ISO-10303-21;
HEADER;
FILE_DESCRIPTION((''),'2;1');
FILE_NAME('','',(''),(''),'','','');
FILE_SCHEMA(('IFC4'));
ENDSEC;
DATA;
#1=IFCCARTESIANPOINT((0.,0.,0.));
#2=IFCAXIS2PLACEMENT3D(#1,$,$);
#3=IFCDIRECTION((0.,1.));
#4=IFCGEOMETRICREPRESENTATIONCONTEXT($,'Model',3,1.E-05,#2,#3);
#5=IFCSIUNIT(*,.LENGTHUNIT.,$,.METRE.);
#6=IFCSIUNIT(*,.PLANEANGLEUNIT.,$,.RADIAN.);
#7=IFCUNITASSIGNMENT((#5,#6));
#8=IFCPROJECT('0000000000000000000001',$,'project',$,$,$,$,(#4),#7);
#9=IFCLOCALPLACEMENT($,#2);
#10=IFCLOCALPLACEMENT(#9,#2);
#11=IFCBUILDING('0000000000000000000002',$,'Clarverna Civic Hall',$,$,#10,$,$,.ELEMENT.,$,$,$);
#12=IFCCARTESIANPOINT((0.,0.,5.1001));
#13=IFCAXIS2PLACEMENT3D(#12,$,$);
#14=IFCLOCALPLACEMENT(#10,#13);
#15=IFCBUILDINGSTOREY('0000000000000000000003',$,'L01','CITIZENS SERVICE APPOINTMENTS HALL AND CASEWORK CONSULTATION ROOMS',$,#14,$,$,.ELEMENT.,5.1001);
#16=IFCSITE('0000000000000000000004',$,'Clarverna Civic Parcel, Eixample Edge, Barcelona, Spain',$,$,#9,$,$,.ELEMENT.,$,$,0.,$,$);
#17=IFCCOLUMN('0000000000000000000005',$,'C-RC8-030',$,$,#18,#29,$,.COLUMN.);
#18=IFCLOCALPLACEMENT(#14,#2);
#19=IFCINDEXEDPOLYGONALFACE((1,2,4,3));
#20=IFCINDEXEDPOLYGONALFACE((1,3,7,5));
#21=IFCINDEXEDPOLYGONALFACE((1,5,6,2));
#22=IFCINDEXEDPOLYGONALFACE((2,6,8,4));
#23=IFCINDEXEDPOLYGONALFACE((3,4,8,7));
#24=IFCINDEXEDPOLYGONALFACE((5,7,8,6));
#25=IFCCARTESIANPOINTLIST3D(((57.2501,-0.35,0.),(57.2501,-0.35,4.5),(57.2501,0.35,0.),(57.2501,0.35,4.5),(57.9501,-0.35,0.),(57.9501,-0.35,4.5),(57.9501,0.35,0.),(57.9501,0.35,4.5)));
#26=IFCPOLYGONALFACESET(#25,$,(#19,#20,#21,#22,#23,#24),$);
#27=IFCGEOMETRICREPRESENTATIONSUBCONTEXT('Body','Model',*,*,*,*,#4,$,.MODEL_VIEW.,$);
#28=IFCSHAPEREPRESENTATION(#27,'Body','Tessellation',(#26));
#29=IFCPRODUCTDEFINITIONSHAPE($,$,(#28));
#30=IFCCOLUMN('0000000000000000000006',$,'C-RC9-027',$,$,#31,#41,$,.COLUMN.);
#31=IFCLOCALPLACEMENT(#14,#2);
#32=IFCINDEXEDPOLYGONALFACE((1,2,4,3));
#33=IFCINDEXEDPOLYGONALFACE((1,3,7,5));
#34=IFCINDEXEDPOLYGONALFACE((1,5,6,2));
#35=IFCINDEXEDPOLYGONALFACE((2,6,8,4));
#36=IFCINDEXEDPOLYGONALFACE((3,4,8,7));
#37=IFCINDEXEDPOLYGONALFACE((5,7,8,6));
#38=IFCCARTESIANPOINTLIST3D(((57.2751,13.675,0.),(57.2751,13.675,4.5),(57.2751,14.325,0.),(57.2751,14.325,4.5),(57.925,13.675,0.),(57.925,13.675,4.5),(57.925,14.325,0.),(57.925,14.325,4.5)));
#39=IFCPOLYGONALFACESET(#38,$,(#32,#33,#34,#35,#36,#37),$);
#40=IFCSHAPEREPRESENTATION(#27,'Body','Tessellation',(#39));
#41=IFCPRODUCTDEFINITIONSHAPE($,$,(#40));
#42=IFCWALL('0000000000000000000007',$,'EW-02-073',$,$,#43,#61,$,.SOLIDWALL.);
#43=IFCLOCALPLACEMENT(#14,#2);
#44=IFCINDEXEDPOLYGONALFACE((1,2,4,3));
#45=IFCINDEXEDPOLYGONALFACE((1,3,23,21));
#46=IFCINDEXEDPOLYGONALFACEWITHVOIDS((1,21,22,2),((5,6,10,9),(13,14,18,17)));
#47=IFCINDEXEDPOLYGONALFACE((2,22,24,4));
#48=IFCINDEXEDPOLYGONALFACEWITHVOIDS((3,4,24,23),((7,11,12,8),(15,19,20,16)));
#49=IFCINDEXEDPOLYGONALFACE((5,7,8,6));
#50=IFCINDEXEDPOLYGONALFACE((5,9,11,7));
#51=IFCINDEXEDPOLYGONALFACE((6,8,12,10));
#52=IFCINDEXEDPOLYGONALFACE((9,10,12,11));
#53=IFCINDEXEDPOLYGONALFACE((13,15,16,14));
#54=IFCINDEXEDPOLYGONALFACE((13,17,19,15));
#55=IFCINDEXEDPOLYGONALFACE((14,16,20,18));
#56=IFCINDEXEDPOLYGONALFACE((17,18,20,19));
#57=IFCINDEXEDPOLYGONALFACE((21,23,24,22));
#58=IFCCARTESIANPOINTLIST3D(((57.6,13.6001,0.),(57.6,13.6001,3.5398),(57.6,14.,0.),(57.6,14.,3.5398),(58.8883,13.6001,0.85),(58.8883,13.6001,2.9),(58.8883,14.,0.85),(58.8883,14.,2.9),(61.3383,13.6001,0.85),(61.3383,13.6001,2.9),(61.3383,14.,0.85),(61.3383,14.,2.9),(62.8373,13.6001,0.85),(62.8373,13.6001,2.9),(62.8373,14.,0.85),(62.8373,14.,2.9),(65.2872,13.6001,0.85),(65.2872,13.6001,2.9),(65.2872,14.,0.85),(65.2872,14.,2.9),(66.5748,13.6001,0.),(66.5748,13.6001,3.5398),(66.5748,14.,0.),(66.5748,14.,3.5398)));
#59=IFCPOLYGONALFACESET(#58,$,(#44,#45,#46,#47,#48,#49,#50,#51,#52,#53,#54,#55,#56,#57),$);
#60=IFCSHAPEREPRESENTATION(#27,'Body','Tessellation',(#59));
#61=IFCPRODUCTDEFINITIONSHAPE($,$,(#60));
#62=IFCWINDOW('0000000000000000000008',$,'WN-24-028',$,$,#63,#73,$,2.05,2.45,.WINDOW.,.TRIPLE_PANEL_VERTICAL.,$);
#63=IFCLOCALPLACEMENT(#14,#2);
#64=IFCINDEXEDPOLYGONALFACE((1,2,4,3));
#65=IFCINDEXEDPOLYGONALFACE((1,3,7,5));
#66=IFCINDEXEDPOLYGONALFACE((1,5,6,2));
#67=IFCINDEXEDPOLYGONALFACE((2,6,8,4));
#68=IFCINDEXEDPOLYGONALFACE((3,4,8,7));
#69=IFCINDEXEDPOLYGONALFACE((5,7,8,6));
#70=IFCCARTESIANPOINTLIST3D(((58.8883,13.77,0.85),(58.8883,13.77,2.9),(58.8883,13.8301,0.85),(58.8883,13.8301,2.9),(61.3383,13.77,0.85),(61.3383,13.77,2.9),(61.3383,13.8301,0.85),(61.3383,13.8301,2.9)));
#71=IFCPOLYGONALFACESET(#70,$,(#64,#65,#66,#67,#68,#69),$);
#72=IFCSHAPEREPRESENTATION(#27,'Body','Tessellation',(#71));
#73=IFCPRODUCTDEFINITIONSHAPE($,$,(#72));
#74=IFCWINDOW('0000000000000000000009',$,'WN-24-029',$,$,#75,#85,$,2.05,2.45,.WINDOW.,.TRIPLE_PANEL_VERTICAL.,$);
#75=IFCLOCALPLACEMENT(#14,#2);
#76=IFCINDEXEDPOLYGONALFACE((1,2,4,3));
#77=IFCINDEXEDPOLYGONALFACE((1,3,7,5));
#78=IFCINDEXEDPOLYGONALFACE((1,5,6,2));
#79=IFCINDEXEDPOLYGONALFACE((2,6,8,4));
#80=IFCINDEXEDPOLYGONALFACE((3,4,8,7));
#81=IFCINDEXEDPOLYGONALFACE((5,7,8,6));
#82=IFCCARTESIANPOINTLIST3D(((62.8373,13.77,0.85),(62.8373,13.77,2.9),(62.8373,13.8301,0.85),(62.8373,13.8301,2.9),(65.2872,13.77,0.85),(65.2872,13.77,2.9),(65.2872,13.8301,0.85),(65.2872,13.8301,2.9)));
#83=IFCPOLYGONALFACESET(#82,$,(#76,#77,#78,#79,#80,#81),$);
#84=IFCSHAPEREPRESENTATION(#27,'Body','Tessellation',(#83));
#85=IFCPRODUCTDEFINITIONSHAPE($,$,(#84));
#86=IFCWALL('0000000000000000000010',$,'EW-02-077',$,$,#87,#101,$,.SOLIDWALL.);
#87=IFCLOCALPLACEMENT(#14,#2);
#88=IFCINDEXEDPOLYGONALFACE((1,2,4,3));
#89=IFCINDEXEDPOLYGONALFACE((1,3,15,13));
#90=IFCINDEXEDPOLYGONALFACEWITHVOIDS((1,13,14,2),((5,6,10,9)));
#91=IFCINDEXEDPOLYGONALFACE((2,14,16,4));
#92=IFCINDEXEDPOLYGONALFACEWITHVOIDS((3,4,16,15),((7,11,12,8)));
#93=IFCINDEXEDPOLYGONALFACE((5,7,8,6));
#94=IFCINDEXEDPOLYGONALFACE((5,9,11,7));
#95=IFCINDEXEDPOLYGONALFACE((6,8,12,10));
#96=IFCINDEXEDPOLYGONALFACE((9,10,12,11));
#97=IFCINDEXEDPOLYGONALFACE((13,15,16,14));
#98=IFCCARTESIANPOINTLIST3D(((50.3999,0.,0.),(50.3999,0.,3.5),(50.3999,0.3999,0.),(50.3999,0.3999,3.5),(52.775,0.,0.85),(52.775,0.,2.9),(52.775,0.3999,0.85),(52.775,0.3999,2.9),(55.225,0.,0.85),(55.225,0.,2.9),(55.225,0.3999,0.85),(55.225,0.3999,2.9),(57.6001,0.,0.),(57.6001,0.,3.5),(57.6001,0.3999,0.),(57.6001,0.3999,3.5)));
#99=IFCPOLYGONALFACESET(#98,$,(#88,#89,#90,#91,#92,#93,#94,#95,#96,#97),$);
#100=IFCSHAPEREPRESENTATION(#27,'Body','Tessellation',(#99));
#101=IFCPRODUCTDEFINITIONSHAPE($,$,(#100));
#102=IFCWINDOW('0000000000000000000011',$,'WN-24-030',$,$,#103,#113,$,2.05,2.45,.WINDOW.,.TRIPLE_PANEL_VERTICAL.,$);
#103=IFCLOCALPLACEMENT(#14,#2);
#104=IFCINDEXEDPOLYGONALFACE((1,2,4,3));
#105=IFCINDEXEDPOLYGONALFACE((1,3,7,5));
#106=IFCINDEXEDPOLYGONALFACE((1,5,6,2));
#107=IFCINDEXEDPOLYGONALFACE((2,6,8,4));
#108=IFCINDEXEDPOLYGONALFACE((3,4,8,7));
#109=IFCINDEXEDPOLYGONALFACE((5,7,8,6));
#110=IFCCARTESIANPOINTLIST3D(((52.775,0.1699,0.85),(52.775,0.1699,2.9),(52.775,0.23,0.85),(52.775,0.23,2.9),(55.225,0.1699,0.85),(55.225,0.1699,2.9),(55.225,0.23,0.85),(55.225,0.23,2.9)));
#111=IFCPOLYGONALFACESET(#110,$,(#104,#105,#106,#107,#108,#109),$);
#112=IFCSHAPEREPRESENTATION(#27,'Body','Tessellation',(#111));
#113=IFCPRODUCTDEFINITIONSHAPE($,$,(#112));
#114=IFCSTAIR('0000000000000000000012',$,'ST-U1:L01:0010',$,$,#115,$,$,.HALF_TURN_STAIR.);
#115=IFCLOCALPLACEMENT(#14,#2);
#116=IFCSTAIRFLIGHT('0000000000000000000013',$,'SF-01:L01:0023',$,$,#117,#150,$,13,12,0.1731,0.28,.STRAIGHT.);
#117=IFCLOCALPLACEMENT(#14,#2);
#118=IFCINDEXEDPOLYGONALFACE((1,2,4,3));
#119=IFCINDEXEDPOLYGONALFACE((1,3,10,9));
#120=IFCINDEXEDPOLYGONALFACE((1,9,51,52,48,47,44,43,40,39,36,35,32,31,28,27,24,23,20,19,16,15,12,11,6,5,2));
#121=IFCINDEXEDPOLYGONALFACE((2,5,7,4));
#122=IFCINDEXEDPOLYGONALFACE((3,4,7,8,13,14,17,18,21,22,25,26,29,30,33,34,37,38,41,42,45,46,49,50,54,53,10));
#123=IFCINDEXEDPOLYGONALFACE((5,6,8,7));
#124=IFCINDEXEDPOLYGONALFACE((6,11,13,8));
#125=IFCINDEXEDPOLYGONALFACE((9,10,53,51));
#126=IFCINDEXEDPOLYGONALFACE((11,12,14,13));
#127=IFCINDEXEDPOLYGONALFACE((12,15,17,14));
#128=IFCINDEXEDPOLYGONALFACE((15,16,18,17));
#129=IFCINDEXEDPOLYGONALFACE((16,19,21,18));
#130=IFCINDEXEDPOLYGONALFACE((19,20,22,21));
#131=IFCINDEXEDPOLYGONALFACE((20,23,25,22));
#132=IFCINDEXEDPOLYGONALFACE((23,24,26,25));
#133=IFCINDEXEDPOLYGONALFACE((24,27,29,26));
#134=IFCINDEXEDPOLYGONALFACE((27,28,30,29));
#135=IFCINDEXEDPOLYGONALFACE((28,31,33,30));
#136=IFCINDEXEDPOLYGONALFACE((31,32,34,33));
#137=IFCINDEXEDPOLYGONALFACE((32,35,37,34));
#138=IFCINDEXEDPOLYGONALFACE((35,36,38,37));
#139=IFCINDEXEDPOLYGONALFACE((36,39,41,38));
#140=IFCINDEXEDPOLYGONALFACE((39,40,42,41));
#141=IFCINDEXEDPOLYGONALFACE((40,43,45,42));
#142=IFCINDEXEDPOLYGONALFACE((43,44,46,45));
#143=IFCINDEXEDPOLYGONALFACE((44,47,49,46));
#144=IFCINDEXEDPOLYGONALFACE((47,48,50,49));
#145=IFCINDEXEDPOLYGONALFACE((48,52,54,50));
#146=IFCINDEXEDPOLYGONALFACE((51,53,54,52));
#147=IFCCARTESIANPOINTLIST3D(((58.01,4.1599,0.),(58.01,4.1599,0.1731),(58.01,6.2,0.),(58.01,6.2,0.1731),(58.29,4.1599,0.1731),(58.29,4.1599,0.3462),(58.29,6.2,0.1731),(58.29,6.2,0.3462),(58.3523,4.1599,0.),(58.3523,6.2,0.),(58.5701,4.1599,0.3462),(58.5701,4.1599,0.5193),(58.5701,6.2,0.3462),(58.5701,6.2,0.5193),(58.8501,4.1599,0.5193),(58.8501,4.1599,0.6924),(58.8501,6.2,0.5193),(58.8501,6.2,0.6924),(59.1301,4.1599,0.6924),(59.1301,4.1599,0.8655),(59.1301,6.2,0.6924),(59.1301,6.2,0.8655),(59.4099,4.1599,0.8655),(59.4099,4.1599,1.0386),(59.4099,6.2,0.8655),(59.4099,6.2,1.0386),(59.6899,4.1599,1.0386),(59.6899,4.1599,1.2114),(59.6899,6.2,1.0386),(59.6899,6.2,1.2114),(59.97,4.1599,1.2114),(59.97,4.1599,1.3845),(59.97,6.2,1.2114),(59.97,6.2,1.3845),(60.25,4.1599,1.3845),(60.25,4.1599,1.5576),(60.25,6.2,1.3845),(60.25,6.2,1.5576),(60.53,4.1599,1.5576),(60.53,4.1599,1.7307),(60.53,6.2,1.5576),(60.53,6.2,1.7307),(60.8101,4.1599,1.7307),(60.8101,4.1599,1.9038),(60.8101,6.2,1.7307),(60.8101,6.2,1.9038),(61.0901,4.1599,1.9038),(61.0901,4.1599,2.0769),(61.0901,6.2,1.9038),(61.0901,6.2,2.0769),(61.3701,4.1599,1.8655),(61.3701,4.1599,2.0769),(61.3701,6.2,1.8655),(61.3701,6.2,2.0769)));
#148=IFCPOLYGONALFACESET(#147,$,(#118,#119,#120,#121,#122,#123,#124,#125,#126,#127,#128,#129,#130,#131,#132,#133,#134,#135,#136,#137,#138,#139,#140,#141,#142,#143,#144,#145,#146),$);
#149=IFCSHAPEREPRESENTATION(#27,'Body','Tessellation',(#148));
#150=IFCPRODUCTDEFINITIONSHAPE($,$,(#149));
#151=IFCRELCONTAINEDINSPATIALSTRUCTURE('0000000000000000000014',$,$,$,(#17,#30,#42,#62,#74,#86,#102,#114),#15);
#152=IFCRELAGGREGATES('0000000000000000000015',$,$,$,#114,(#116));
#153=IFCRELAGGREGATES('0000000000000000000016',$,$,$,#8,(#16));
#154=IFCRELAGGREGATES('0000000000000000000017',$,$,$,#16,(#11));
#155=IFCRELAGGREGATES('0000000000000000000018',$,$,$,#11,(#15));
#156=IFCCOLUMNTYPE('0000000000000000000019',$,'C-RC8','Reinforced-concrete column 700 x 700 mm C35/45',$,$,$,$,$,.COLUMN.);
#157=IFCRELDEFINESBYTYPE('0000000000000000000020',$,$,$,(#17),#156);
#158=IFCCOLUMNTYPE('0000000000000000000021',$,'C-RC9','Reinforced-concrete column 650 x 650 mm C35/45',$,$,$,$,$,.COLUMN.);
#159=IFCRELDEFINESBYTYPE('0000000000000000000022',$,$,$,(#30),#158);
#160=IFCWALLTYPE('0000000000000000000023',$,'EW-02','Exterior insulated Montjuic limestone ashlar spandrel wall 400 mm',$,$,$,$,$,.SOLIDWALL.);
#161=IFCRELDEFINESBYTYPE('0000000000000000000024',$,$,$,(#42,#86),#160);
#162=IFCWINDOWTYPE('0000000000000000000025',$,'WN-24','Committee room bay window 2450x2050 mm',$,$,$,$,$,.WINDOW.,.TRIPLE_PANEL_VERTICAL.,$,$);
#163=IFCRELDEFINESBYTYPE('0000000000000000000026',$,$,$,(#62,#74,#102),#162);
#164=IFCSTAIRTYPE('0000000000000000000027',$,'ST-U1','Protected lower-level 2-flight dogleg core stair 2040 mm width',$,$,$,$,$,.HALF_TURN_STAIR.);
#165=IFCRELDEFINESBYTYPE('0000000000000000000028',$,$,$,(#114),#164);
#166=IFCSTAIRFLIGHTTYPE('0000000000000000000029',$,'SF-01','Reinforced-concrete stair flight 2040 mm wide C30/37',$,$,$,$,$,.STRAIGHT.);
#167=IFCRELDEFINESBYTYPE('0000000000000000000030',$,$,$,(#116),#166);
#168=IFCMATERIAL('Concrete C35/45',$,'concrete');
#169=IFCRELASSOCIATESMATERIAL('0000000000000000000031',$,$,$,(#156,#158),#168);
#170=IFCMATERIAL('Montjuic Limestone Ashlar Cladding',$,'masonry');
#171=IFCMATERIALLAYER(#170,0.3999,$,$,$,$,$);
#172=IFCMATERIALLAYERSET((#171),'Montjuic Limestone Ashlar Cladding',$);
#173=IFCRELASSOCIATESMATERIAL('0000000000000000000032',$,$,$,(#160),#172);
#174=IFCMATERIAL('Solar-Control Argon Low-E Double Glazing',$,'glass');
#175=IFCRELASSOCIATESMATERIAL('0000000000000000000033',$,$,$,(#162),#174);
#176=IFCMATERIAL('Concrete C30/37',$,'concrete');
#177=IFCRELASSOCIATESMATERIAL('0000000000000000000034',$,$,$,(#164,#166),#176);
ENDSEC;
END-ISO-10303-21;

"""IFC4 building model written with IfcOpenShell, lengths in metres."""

from ifc_helpers import new_model, si_unit, direction, frame, frame_2d, origin, origin_2d, place, context, subcontext, project, spatial, polyline, rectangle, outline, extrude, material, layer, layer_set, material_profile, profile_set, type_object, element, fill, aggregate, save


model = new_model("IFC4")

# Units and contexts
model_context = context("Model", 3, precision=1e-05, world=origin(), true_north=direction((0.0, 1.0)))
body_context = subcontext(model_context, "Body", "Model", "MODEL_VIEW")
ifc_project = project(units=[si_unit("LENGTHUNIT", "METRE"), si_unit("PLANEANGLEUNIT", "RADIAN")], contexts=[model_context])

# Site, building, storey
site_placement = place(None, origin())
site = spatial("IfcSite", under=ifc_project, at=site_placement, Name="Clarverna Civic Parcel, Eixample Edge, Barcelona, Spain", CompositionType="ELEMENT", RefElevation=0.0)
building_placement = place(site_placement, origin())
building = spatial("IfcBuilding", under=site, at=building_placement, Name="Clarverna Civic Hall", CompositionType="ELEMENT")
storey_placement = place(building_placement, frame((0.0, 0.0, 5.1001)))
storey = spatial("IfcBuildingStorey", under=building, at=storey_placement, Name="L01", Description="CITIZENS SERVICE APPOINTMENTS HALL AND CASEWORK CONSULTATION ROOMS", CompositionType="ELEMENT", Elevation=5.1001)

# Columns
ifc_material_1 = material(Name="Concrete C35/45", Category="concrete")
ifc_material_profile_1 = material_profile(ifc_material_1, rectangle(XDim=0.7, YDim=0.7, at=origin_2d()), Name="RC 700x700")
ifc_profile_set_1 = profile_set([ifc_material_profile_1], Name="Concrete C35/45")
column_type_1 = type_object("IfcColumnType", Name="C-RC8", Description="Reinforced-concrete column 700 x 700 mm C35/45", PredefinedType="COLUMN", material=ifc_profile_set_1)
column_1_placement = place(storey_placement, frame((57.6001, 0.0, 0.0), z_axis=(0.0, 0.0, 1.0), x_axis=(1.0, 0.0, 0.0)))
element("IfcColumn", 1, at=column_1_placement, inside=storey, type_object=column_type_1, Name="C-RC8-030", PredefinedType="COLUMN", context=body_context, shape_type="SweptSolid", body=[
    extrude(rectangle(XDim=0.7, YDim=0.7, at=origin_2d()), origin(), (0.0, 0.0, 1.0), 4.5),
])
ifc_material_profile_2 = material_profile(ifc_material_1, rectangle(XDim=0.6499, YDim=0.6499, at=origin_2d()), Name="RC 650x650")
ifc_profile_set_2 = profile_set([ifc_material_profile_2], Name="Concrete C35/45")
column_type_2 = type_object("IfcColumnType", Name="C-RC9", Description="Reinforced-concrete column 650 x 650 mm C35/45", PredefinedType="COLUMN", material=ifc_profile_set_2)
column_2_placement = place(storey_placement, frame((57.6001, 14.0, 0.0), z_axis=(0.0, 0.0, 1.0), x_axis=(1.0, 0.0, 0.0)))
element("IfcColumn", 2, at=column_2_placement, inside=storey, type_object=column_type_2, Name="C-RC9-027", PredefinedType="COLUMN", context=body_context, shape_type="SweptSolid", body=[
    extrude(rectangle(XDim=0.6499, YDim=0.6499, at=origin_2d()), origin(), (0.0, 0.0, 1.0), 4.5),
])

# Wall, openings, windows
ifc_material_2 = material(Name="Montjuic Limestone Ashlar Cladding", Category="masonry")
ifc_layer_1 = layer(ifc_material_2, 0.3999)
ifc_layer_set_1 = layer_set([ifc_layer_1], Name="Montjuic Limestone Ashlar Cladding")
wall_type = type_object("IfcWallType", Name="EW-02", Description="Exterior insulated Montjuic limestone ashlar spandrel wall 400 mm", PredefinedType="SOLIDWALL", material=ifc_layer_set_1)
wall_1_placement = place(storey_placement, frame((57.6001, 13.8, 0.0), z_axis=(0.0, 0.0, 1.0), x_axis=(1.0, 0.0, 0.0)))
wall_1 = element("IfcWall", 3, at=wall_1_placement, inside=storey, type_object=wall_type, Name="EW-02-073", PredefinedType="SOLIDWALL", context=body_context, shape_type="SweptSolid", body=[
    extrude(rectangle(XDim=8.9749, YDim=0.3999, at=frame_2d((4.4873, 0.0))), origin(), (0.0, 0.0, 1.0), 3.5398),
])
opening_1_placement = place(wall_1_placement, frame((1.2881, 0.0, 0.8501)))
opening_1 = element("IfcOpeningElement", 4, at=opening_1_placement, cuts=wall_1, PredefinedType="OPENING", context=body_context, shape_type="SweptSolid", body=[
    extrude(rectangle(XDim=2.45, YDim=2.05, at=frame_2d((1.2251, 1.0249))), frame((0.0, 0.21, 0.0), z_axis=(0.0, -1.0, 0.0), x_axis=(1.0, 0.0, 0.0)), (0.0, 0.0, 1.0), 0.4199),
])
opening_2_placement = place(wall_1_placement, frame((5.2371, 0.0, 0.8501)))
opening_2 = element("IfcOpeningElement", 5, at=opening_2_placement, cuts=wall_1, PredefinedType="OPENING", context=body_context, shape_type="SweptSolid", body=[
    extrude(rectangle(XDim=2.45, YDim=2.05, at=frame_2d((1.2251, 1.0249))), frame((0.0, 0.21, 0.0), z_axis=(0.0, -1.0, 0.0), x_axis=(1.0, 0.0, 0.0)), (0.0, 0.0, 1.0), 0.4199),
])
ifc_material_3 = material(Name="Solar-Control Argon Low-E Double Glazing", Category="glass")
window_type = type_object("IfcWindowType", Name="WN-24", Description="Committee room bay window 2450x2050 mm", PartitioningType="TRIPLE_PANEL_VERTICAL", PredefinedType="WINDOW", material=ifc_material_3)
window_1_placement = place(opening_1_placement, origin())
window_1 = element("IfcWindow", 6, at=window_1_placement, inside=storey, type_object=window_type, Name="WN-24-028", OverallHeight=2.05, OverallWidth=2.45, PartitioningType="TRIPLE_PANEL_VERTICAL", PredefinedType="WINDOW", context=body_context, shape_type="SweptSolid", body=[
    extrude(rectangle(XDim=2.45, YDim=2.05, at=frame_2d((1.2251, 1.0249))), frame((0.0, 0.03, 0.0), z_axis=(0.0, -1.0, 0.0), x_axis=(1.0, 0.0, 0.0)), (0.0, 0.0, 1.0), 0.0601),
])
fill(opening_1, window_1)
window_2_placement = place(opening_2_placement, origin())
window_2 = element("IfcWindow", 7, at=window_2_placement, inside=storey, type_object=window_type, Name="WN-24-029", OverallHeight=2.05, OverallWidth=2.45, PartitioningType="TRIPLE_PANEL_VERTICAL", PredefinedType="WINDOW", context=body_context, shape_type="SweptSolid", body=[
    extrude(rectangle(XDim=2.45, YDim=2.05, at=frame_2d((1.2251, 1.0249))), frame((0.0, 0.03, 0.0), z_axis=(0.0, -1.0, 0.0), x_axis=(1.0, 0.0, 0.0)), (0.0, 0.0, 1.0), 0.0601),
])
fill(opening_2, window_2)

# Wall, opening, window
wall_2_placement = place(storey_placement, frame((57.6001, 0.2, 0.0), z_axis=(0.0, 0.0, 1.0), x_axis=(-1.0, 0.0, 0.0)))
wall_2 = element("IfcWall", 8, at=wall_2_placement, inside=storey, type_object=wall_type, Name="EW-02-077", PredefinedType="SOLIDWALL", context=body_context, shape_type="SweptSolid", body=[
    extrude(rectangle(XDim=7.2002, YDim=0.3999, at=frame_2d((3.6001, 0.0))), origin(), (0.0, 0.0, 1.0), 3.5),
])
opening_3_placement = place(wall_2_placement, frame((2.375, 0.0, 0.8501)))
opening_3 = element("IfcOpeningElement", 9, at=opening_3_placement, cuts=wall_2, PredefinedType="OPENING", context=body_context, shape_type="SweptSolid", body=[
    extrude(rectangle(XDim=2.45, YDim=2.05, at=frame_2d((1.2251, 1.0249))), frame((0.0, 0.21, 0.0), z_axis=(0.0, -1.0, 0.0), x_axis=(1.0, 0.0, 0.0)), (0.0, 0.0, 1.0), 0.4199),
])
window_3_placement = place(opening_3_placement, origin())
window_3 = element("IfcWindow", 10, at=window_3_placement, inside=storey, type_object=window_type, Name="WN-24-030", OverallHeight=2.05, OverallWidth=2.45, PartitioningType="TRIPLE_PANEL_VERTICAL", PredefinedType="WINDOW", context=body_context, shape_type="SweptSolid", body=[
    extrude(rectangle(XDim=2.45, YDim=2.05, at=frame_2d((1.2251, 1.0249))), frame((0.0, 0.03, 0.0), z_axis=(0.0, -1.0, 0.0), x_axis=(1.0, 0.0, 0.0)), (0.0, 0.0, 1.0), 0.0601),
])
fill(opening_3, window_3)

# Stair, stair flight
ifc_material_4 = material(Name="Concrete C30/37", Category="concrete")
stair_type = type_object("IfcStairType", Name="ST-U1", Description="Protected lower-level 2-flight dogleg core stair 2040 mm width", PredefinedType="HALF_TURN_STAIR", material=ifc_material_4)
stair_placement = place(storey_placement, origin())
stair = element("IfcStair", 11, at=stair_placement, inside=storey, type_object=stair_type, Name="ST-U1:L01:0010", PredefinedType="HALF_TURN_STAIR")
stair_flight_type = type_object("IfcStairFlightType", Name="SF-01", Description="Reinforced-concrete stair flight 2040 mm wide C30/37", PredefinedType="STRAIGHT", material=ifc_material_4)
stair_flight_1_placement = place(storey_placement, frame((58.01, 5.1799, 0.0), z_axis=(0.0, 0.0, 1.0), x_axis=(1.0, 0.0, 0.0)))
stair_flight_1 = element("IfcStairFlight", 12, at=stair_flight_1_placement, type_object=stair_flight_type, Name="SF-01:L01:0023", NumberOfRisers=13, NumberOfTreads=12, PredefinedType="STRAIGHT", RiserHeight=0.1731, TreadLength=0.28, context=body_context, shape_type="SweptSolid", body=[
    extrude(outline(polyline([(0.0, 0.0), (0.0, 0.1731), (0.28, 0.1731), (0.28, 0.3462), (0.5601, 0.3462), (0.5601, 0.5193), (0.8401, 0.5193), (0.8401, 0.6924), (1.1201, 0.6924), (1.1201, 0.8655), (1.3999, 0.8655), (1.3999, 1.0386), (1.6799, 1.0386), (1.6799, 1.2114), (1.96, 1.2114), (1.96, 1.3845), (2.24, 1.3845), (2.24, 1.5576), (2.52, 1.5576), (2.52, 1.7307), (2.8, 1.7307), (2.8, 1.9038), (3.0801, 1.9038), (3.0801, 2.0769), (3.3601, 2.0769), (3.3601, 2.25), (3.3601, 1.8655), (0.3423, 0.0), (0.0, 0.0)])), frame((0.0, 1.02, 0.0), z_axis=(0.0, -1.0, 0.0), x_axis=(1.0, 0.0, 0.0)), (0.0, 0.0, 1.0), 2.04),
])
aggregate(stair, [stair_flight_1])

save(model, "model.ifc")
